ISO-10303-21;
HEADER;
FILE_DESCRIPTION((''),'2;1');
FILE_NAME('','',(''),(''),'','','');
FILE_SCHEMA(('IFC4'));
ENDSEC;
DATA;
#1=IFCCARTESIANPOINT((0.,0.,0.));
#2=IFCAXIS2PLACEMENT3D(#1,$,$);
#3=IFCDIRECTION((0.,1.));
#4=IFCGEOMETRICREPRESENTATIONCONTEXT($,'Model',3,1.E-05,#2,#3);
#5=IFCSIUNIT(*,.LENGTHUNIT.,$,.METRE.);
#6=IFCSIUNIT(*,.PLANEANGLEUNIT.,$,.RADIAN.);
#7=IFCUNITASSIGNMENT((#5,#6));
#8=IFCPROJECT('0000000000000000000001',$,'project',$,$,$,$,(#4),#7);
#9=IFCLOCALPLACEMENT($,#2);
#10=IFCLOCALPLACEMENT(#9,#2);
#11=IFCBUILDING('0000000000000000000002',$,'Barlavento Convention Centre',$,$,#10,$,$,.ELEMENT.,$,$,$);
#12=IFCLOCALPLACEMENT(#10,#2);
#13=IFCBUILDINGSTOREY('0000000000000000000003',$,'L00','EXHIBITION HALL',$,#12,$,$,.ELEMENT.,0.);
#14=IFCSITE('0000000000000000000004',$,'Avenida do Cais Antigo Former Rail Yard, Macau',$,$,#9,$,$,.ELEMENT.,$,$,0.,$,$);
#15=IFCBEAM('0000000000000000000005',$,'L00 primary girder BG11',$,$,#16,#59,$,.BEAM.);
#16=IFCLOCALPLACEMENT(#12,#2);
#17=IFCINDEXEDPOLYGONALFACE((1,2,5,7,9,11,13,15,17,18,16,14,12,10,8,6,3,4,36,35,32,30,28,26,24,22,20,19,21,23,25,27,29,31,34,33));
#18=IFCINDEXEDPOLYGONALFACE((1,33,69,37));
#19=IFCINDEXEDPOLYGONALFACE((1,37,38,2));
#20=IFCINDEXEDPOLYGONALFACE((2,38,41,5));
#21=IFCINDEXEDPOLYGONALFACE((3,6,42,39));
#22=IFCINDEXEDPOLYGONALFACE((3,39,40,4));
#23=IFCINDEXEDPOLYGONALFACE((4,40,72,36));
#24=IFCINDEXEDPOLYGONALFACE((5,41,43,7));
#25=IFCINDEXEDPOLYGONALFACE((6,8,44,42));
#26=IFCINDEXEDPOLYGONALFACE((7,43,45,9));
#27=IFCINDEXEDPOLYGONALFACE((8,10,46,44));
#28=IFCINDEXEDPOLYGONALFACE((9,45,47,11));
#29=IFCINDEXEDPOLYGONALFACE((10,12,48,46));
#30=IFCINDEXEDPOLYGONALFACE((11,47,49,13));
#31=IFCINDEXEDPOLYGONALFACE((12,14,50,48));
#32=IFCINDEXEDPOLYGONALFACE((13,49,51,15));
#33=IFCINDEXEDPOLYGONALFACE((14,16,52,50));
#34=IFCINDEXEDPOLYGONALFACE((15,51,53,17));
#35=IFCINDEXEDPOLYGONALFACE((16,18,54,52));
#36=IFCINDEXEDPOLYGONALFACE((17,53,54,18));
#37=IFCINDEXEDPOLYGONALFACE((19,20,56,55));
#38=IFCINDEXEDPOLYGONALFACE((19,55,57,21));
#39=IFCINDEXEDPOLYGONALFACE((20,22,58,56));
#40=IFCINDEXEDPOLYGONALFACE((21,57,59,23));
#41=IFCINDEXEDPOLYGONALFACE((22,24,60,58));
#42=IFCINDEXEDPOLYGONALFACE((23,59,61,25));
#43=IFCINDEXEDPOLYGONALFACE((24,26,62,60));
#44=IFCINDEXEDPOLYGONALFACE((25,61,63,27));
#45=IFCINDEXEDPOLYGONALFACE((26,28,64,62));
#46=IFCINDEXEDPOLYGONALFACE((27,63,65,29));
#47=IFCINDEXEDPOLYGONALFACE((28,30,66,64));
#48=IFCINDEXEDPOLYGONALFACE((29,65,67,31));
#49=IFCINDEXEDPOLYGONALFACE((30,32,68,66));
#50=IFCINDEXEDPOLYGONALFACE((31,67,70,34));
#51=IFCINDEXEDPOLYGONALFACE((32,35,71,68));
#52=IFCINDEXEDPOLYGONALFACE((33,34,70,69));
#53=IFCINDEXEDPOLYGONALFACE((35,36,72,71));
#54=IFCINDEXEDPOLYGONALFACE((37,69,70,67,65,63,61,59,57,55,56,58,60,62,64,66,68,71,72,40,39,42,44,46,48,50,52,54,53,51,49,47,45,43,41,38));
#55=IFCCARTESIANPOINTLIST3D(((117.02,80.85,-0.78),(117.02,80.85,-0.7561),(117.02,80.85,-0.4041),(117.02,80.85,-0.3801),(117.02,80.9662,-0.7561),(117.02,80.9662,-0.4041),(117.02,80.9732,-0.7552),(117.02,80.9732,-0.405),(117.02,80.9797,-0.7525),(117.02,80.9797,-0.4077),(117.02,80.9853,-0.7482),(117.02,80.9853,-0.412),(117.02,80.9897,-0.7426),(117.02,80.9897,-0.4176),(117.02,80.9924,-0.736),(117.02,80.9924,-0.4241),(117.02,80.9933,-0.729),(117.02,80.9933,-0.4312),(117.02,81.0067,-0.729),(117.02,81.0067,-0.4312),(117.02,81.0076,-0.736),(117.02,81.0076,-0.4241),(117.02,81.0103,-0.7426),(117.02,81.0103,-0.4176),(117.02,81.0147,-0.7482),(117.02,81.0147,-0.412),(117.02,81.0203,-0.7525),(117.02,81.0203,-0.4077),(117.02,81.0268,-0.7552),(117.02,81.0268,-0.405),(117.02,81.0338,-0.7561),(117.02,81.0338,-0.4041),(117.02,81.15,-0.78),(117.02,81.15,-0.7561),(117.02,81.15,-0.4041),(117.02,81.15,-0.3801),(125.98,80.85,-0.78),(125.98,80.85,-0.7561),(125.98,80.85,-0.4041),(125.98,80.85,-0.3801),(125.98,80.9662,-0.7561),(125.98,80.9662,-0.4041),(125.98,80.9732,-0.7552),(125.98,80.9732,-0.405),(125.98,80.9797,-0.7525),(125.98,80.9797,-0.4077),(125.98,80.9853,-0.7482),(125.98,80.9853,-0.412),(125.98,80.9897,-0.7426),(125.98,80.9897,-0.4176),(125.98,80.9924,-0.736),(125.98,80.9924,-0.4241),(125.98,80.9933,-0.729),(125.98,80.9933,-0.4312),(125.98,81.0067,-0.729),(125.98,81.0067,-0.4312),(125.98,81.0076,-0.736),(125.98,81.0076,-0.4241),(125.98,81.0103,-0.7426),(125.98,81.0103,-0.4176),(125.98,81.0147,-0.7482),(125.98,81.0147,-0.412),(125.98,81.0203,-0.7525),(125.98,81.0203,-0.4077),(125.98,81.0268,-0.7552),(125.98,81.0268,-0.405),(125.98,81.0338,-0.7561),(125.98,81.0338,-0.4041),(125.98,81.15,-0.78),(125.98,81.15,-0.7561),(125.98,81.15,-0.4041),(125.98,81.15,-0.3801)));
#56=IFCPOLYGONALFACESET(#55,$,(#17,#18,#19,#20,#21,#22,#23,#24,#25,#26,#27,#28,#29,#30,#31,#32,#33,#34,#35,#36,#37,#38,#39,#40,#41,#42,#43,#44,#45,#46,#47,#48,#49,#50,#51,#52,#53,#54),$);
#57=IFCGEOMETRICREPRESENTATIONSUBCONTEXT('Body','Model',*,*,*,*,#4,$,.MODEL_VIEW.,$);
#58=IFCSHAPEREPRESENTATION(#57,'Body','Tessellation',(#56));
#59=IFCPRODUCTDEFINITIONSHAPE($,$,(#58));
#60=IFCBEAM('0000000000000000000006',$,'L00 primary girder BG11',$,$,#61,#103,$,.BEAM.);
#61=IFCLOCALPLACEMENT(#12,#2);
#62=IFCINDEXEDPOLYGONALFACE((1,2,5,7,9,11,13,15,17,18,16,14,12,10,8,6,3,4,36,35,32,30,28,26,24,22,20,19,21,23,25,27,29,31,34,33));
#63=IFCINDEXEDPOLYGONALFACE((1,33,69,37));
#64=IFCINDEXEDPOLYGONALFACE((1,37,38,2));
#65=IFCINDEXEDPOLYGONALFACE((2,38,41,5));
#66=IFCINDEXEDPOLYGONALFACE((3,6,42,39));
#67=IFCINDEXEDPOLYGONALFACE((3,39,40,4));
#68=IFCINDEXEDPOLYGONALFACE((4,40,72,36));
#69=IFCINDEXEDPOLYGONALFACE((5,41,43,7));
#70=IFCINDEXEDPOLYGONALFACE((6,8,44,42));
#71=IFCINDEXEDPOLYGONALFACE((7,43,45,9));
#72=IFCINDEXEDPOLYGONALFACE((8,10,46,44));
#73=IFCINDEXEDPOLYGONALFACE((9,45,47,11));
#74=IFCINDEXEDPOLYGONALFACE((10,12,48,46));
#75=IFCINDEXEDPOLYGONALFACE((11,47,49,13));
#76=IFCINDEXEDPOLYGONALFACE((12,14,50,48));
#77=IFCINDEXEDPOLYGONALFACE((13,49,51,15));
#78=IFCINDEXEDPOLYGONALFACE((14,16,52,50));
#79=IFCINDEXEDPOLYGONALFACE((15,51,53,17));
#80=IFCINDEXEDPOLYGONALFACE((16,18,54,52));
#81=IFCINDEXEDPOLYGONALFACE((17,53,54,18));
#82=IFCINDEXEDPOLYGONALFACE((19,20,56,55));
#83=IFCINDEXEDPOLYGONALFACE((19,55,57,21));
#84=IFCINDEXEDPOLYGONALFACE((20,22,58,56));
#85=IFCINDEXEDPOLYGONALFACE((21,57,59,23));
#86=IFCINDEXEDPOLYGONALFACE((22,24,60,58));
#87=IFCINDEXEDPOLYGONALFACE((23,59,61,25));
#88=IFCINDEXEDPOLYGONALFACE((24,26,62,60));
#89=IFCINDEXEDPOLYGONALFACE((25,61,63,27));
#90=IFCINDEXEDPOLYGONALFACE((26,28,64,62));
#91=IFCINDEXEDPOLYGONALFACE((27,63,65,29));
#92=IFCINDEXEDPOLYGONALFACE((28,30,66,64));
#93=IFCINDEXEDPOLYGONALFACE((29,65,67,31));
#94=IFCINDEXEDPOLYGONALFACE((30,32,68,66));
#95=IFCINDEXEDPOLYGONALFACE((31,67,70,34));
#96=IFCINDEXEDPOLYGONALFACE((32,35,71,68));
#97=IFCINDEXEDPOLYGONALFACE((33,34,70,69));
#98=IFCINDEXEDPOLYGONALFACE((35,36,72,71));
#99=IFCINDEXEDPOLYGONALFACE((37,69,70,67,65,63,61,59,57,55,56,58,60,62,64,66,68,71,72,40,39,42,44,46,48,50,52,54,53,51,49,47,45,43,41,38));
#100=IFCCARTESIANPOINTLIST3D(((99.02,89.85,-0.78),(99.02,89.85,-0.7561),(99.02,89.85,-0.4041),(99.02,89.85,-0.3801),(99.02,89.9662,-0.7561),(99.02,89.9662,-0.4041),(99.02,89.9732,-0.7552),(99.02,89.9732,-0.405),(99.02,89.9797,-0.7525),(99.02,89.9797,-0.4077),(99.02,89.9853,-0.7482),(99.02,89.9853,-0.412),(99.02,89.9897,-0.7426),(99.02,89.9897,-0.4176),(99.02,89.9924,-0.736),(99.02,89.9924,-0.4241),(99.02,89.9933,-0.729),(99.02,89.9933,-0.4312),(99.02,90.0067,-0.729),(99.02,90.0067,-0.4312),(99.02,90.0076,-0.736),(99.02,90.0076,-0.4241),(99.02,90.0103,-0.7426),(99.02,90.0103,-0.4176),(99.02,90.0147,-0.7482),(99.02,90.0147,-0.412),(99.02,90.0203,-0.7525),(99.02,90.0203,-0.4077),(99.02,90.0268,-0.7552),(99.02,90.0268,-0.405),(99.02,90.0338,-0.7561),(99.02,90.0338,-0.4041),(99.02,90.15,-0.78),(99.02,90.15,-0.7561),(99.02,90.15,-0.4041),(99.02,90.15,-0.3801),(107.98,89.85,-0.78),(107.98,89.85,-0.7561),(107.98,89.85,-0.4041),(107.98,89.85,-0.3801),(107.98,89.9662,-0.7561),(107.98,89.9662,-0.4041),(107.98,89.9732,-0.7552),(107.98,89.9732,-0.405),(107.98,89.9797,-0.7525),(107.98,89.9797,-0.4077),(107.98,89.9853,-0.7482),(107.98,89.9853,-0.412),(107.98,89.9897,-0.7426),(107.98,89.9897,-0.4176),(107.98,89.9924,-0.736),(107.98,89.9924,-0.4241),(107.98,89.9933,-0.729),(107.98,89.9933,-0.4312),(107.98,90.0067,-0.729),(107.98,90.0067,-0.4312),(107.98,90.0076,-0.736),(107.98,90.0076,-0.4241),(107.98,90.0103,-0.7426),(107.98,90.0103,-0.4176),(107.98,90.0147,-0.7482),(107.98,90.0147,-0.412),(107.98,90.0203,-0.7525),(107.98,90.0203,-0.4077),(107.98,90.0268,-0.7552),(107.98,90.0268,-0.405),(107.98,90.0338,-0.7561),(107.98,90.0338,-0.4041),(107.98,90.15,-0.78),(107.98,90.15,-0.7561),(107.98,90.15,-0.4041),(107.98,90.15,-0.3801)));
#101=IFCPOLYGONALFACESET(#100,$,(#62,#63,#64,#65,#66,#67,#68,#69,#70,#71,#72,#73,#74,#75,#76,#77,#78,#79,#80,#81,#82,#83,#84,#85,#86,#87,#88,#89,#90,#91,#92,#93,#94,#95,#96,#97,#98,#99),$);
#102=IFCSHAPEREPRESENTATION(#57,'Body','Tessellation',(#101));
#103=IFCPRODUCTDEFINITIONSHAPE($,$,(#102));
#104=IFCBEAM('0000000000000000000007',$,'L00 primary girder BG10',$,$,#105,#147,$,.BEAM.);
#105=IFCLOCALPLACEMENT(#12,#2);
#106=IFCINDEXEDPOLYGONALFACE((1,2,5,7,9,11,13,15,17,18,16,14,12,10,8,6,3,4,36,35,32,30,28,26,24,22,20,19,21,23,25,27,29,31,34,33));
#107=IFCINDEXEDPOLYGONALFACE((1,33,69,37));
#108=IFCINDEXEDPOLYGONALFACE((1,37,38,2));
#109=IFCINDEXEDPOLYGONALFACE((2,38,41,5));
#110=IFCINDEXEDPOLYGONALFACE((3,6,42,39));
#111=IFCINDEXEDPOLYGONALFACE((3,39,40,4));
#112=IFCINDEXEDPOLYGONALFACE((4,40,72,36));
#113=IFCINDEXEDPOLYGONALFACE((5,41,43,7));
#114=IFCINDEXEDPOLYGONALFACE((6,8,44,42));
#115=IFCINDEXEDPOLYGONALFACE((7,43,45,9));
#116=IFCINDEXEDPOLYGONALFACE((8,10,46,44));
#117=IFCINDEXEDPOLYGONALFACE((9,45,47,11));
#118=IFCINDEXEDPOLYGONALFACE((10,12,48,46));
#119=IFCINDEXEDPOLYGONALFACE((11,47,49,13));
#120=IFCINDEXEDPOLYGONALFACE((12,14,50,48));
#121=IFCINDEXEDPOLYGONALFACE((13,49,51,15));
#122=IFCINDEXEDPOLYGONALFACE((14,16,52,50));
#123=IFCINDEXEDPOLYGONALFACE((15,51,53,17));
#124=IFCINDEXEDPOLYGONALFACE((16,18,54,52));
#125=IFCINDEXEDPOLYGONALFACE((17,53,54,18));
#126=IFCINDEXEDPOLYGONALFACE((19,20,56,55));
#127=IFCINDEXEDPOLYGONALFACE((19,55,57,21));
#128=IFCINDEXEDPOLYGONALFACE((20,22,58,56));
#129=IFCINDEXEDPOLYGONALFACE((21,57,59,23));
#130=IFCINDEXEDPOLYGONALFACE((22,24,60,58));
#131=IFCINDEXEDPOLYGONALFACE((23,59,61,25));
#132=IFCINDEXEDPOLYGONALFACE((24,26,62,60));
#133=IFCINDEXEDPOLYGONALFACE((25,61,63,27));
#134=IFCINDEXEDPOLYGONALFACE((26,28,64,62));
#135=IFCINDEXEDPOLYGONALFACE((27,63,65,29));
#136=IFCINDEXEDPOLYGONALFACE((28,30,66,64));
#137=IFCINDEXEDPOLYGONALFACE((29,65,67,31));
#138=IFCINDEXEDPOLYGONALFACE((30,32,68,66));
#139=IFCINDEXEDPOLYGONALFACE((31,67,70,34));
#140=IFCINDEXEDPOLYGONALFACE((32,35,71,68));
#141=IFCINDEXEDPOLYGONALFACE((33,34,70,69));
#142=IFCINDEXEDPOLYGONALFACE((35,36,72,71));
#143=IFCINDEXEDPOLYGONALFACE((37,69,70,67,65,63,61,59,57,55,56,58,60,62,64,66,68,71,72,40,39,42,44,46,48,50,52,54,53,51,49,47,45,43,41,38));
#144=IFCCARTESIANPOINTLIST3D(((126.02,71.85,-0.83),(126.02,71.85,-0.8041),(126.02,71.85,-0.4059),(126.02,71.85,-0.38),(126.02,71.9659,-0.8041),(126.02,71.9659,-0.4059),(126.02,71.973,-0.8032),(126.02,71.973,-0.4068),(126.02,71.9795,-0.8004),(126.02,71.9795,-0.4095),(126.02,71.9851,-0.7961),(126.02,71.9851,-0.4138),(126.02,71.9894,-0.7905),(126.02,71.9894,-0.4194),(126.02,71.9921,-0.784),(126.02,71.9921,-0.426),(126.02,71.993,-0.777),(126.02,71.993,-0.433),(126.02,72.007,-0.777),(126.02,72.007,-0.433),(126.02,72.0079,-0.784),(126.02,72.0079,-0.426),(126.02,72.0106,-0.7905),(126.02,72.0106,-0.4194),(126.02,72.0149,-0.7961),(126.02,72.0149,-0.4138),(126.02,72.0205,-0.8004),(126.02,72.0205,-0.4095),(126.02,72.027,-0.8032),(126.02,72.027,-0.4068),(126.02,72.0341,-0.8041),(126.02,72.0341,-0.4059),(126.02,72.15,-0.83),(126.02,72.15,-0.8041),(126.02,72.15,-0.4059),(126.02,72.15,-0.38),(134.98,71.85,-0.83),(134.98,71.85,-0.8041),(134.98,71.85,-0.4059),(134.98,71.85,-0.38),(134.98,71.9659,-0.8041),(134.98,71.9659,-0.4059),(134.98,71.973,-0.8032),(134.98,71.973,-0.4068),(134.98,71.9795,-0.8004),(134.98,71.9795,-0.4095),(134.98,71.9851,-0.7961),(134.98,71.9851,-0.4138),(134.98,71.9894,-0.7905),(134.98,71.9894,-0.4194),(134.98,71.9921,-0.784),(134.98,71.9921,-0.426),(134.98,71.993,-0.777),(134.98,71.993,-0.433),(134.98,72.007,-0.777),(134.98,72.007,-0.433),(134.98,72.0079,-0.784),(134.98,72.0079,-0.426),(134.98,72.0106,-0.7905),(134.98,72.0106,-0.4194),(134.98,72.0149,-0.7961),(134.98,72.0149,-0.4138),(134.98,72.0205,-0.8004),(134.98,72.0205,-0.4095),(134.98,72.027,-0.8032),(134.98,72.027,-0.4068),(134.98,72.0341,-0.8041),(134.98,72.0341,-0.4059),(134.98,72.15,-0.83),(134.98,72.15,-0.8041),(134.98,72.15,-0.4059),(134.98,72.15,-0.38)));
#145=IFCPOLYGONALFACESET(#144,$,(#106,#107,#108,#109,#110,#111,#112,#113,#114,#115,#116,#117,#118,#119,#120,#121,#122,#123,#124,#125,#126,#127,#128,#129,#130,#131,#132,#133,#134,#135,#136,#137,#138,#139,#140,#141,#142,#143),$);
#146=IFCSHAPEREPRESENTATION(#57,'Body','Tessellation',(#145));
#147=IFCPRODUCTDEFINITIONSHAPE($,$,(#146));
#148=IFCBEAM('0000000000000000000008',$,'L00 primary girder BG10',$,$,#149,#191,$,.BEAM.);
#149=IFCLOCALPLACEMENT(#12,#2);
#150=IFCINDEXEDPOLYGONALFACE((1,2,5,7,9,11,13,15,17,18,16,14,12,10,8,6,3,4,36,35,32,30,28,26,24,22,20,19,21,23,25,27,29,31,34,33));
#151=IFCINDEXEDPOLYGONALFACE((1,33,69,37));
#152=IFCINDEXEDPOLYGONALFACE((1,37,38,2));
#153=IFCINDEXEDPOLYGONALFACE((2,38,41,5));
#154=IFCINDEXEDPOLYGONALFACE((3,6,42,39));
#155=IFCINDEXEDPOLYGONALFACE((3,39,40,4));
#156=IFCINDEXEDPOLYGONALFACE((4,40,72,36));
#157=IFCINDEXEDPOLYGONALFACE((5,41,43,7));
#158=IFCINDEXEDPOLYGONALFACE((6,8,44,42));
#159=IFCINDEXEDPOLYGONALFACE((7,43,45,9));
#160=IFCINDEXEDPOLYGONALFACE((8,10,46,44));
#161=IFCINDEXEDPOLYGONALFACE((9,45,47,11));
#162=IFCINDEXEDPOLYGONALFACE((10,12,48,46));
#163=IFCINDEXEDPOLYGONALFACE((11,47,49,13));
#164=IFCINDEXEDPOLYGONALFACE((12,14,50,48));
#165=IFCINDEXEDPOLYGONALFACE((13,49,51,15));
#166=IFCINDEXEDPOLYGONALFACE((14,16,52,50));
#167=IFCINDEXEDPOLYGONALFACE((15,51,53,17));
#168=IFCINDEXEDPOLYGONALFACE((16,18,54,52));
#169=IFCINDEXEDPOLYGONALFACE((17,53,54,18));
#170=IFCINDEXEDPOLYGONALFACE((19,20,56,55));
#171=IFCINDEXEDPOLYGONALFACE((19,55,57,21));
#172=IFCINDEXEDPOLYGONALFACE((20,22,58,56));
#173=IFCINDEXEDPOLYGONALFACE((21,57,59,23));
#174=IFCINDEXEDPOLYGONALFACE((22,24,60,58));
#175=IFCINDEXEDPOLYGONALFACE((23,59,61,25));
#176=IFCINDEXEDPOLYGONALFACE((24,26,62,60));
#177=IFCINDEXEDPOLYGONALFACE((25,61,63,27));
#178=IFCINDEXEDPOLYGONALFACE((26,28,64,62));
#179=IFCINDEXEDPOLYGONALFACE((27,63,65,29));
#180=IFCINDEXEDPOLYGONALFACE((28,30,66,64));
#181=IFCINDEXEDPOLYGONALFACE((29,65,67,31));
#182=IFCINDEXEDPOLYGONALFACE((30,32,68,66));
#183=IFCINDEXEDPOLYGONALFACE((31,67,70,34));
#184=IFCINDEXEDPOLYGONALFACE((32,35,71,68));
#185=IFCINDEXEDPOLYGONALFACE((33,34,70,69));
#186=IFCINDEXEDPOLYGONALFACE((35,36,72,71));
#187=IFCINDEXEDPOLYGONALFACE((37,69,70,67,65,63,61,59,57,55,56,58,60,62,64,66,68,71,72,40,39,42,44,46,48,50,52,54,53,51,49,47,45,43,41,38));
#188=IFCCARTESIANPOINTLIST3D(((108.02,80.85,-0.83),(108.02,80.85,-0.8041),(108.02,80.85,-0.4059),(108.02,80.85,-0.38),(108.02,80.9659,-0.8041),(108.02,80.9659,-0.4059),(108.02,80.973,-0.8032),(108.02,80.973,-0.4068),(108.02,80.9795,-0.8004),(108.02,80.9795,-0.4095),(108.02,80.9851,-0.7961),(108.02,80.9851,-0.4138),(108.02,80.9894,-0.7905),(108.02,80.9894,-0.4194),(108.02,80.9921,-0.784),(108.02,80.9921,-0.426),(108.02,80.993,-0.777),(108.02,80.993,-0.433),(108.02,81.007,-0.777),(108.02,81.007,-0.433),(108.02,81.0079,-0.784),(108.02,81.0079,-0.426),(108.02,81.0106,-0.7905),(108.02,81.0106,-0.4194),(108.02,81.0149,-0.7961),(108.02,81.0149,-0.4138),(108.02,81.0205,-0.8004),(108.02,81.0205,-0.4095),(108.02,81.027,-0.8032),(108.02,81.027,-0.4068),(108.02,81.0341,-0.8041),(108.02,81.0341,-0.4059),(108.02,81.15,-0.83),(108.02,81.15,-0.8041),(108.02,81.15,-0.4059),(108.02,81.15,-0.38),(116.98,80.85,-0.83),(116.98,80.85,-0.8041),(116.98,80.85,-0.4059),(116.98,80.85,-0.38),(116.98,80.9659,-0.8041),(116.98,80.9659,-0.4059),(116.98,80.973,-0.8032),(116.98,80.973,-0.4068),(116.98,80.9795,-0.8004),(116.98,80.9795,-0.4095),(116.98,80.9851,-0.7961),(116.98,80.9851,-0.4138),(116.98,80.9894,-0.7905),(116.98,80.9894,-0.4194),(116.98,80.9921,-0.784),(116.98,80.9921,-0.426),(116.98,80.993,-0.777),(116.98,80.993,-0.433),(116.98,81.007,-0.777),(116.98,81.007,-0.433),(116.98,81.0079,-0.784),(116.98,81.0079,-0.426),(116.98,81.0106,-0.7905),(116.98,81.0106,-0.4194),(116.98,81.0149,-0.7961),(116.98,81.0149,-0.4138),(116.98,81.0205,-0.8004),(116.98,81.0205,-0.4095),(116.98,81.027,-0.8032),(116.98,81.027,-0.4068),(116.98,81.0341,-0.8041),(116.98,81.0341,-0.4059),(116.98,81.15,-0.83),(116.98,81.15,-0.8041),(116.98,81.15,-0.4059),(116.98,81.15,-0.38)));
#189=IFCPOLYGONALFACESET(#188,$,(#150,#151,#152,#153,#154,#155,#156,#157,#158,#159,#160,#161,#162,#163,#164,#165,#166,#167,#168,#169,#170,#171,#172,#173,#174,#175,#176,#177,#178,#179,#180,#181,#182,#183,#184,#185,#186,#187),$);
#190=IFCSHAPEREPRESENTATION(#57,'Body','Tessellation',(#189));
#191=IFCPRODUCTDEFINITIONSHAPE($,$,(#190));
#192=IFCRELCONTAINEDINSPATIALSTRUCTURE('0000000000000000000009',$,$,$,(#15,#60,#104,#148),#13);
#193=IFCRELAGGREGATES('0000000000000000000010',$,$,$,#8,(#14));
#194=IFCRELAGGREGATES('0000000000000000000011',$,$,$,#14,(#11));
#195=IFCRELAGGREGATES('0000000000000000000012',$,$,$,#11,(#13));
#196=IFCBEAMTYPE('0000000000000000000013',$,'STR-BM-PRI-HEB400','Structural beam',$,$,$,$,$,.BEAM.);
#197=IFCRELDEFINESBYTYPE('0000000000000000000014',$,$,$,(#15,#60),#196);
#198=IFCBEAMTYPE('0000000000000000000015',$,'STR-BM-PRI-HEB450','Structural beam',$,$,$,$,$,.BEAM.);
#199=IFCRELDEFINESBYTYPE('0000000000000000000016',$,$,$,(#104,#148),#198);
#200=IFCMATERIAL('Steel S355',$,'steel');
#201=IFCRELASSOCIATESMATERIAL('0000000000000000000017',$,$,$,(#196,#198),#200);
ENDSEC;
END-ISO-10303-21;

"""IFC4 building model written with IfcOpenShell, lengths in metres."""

from ifc_helpers import new_model, si_unit, direction, frame, origin, origin_2d, place, context, subcontext, project, spatial, i_section, extrude, material, material_profile, profile_set, type_object, element, save


model = new_model("IFC4")

# Units and contexts
model_context = context("Model", 3, precision=1e-05, world=origin(), true_north=direction((0.0, 1.0)))
body_context = subcontext(model_context, "Body", "Model", "MODEL_VIEW")
ifc_project = project(units=[si_unit("LENGTHUNIT", "METRE"), si_unit("PLANEANGLEUNIT", "RADIAN")], contexts=[model_context])

# Site, building, storey
site_placement = place(None, origin())
site = spatial("IfcSite", under=ifc_project, at=site_placement, Name="Avenida do Cais Antigo Former Rail Yard, Macau", CompositionType="ELEMENT", RefElevation=0.0)
building_placement = place(site_placement, origin())
building = spatial("IfcBuilding", under=site, at=building_placement, Name="Barlavento Convention Centre", CompositionType="ELEMENT")
storey_placement = place(building_placement, origin())
storey = spatial("IfcBuildingStorey", under=building, at=storey_placement, Name="L00", Description="EXHIBITION HALL", CompositionType="ELEMENT", Elevation=0.0)

# Beams
ifc_material_1 = material(Name="Steel S355", Category="steel")
ifc_material_profile_1 = material_profile(ifc_material_1, i_section(OverallWidth=0.3, OverallDepth=0.3999, WebThickness=0.0134, FlangeThickness=0.0239, FilletRadius=0.0271, at=origin_2d()), Name="HEB 400")
ifc_profile_set_1 = profile_set([ifc_material_profile_1], Name="Steel S355")
beam_type_1 = type_object("IfcBeamType", Name="STR-BM-PRI-HEB400", Description="Structural beam", PredefinedType="BEAM", material=ifc_profile_set_1)
for number, where, z_axis, x_axis, name in (
    (1, (117.02, 81.0, -0.5801), (1.0, 0.0, 0.0), (0.0, 1.0, 0.0), "L00 primary girder BG11"),
    (2, (99.02, 90.0, -0.5801), (1.0, 0.0, 0.0), (0.0, 1.0, 0.0), "L00 primary girder BG11"),
):
    element("IfcBeam", number, at=place(storey_placement, frame(where, z_axis=z_axis, x_axis=x_axis)), inside=storey, type_object=beam_type_1, Name=name, PredefinedType="BEAM", context=body_context, shape_type="SweptSolid", body=[
        extrude(i_section(OverallWidth=0.3, OverallDepth=0.3999, WebThickness=0.0134, FlangeThickness=0.0239, FilletRadius=0.0271, at=origin_2d()), origin(), (0.0, 0.0, 1.0), 8.96),
    ])
ifc_material_profile_2 = material_profile(ifc_material_1, i_section(OverallWidth=0.3, OverallDepth=0.45, WebThickness=0.0139, FlangeThickness=0.0259, FilletRadius=0.0271, at=origin_2d()), Name="HEB 450")
ifc_profile_set_2 = profile_set([ifc_material_profile_2], Name="Steel S355")
beam_type_2 = type_object("IfcBeamType", Name="STR-BM-PRI-HEB450", Description="Structural beam", PredefinedType="BEAM", material=ifc_profile_set_2)
for number, where, z_axis, x_axis, name in (
    (3, (126.02, 72.0, -0.605), (1.0, 0.0, 0.0), (0.0, 1.0, 0.0), "L00 primary girder BG10"),
    (4, (108.02, 81.0, -0.605), (1.0, 0.0, 0.0), (0.0, 1.0, 0.0), "L00 primary girder BG10"),
):
    element("IfcBeam", number, at=place(storey_placement, frame(where, z_axis=z_axis, x_axis=x_axis)), inside=storey, type_object=beam_type_2, Name=name, PredefinedType="BEAM", context=body_context, shape_type="SweptSolid", body=[
        extrude(i_section(OverallWidth=0.3, OverallDepth=0.45, WebThickness=0.0139, FlangeThickness=0.0259, FilletRadius=0.0271, at=origin_2d()), origin(), (0.0, 0.0, 1.0), 8.96),
    ])

save(model, "model.ifc")
